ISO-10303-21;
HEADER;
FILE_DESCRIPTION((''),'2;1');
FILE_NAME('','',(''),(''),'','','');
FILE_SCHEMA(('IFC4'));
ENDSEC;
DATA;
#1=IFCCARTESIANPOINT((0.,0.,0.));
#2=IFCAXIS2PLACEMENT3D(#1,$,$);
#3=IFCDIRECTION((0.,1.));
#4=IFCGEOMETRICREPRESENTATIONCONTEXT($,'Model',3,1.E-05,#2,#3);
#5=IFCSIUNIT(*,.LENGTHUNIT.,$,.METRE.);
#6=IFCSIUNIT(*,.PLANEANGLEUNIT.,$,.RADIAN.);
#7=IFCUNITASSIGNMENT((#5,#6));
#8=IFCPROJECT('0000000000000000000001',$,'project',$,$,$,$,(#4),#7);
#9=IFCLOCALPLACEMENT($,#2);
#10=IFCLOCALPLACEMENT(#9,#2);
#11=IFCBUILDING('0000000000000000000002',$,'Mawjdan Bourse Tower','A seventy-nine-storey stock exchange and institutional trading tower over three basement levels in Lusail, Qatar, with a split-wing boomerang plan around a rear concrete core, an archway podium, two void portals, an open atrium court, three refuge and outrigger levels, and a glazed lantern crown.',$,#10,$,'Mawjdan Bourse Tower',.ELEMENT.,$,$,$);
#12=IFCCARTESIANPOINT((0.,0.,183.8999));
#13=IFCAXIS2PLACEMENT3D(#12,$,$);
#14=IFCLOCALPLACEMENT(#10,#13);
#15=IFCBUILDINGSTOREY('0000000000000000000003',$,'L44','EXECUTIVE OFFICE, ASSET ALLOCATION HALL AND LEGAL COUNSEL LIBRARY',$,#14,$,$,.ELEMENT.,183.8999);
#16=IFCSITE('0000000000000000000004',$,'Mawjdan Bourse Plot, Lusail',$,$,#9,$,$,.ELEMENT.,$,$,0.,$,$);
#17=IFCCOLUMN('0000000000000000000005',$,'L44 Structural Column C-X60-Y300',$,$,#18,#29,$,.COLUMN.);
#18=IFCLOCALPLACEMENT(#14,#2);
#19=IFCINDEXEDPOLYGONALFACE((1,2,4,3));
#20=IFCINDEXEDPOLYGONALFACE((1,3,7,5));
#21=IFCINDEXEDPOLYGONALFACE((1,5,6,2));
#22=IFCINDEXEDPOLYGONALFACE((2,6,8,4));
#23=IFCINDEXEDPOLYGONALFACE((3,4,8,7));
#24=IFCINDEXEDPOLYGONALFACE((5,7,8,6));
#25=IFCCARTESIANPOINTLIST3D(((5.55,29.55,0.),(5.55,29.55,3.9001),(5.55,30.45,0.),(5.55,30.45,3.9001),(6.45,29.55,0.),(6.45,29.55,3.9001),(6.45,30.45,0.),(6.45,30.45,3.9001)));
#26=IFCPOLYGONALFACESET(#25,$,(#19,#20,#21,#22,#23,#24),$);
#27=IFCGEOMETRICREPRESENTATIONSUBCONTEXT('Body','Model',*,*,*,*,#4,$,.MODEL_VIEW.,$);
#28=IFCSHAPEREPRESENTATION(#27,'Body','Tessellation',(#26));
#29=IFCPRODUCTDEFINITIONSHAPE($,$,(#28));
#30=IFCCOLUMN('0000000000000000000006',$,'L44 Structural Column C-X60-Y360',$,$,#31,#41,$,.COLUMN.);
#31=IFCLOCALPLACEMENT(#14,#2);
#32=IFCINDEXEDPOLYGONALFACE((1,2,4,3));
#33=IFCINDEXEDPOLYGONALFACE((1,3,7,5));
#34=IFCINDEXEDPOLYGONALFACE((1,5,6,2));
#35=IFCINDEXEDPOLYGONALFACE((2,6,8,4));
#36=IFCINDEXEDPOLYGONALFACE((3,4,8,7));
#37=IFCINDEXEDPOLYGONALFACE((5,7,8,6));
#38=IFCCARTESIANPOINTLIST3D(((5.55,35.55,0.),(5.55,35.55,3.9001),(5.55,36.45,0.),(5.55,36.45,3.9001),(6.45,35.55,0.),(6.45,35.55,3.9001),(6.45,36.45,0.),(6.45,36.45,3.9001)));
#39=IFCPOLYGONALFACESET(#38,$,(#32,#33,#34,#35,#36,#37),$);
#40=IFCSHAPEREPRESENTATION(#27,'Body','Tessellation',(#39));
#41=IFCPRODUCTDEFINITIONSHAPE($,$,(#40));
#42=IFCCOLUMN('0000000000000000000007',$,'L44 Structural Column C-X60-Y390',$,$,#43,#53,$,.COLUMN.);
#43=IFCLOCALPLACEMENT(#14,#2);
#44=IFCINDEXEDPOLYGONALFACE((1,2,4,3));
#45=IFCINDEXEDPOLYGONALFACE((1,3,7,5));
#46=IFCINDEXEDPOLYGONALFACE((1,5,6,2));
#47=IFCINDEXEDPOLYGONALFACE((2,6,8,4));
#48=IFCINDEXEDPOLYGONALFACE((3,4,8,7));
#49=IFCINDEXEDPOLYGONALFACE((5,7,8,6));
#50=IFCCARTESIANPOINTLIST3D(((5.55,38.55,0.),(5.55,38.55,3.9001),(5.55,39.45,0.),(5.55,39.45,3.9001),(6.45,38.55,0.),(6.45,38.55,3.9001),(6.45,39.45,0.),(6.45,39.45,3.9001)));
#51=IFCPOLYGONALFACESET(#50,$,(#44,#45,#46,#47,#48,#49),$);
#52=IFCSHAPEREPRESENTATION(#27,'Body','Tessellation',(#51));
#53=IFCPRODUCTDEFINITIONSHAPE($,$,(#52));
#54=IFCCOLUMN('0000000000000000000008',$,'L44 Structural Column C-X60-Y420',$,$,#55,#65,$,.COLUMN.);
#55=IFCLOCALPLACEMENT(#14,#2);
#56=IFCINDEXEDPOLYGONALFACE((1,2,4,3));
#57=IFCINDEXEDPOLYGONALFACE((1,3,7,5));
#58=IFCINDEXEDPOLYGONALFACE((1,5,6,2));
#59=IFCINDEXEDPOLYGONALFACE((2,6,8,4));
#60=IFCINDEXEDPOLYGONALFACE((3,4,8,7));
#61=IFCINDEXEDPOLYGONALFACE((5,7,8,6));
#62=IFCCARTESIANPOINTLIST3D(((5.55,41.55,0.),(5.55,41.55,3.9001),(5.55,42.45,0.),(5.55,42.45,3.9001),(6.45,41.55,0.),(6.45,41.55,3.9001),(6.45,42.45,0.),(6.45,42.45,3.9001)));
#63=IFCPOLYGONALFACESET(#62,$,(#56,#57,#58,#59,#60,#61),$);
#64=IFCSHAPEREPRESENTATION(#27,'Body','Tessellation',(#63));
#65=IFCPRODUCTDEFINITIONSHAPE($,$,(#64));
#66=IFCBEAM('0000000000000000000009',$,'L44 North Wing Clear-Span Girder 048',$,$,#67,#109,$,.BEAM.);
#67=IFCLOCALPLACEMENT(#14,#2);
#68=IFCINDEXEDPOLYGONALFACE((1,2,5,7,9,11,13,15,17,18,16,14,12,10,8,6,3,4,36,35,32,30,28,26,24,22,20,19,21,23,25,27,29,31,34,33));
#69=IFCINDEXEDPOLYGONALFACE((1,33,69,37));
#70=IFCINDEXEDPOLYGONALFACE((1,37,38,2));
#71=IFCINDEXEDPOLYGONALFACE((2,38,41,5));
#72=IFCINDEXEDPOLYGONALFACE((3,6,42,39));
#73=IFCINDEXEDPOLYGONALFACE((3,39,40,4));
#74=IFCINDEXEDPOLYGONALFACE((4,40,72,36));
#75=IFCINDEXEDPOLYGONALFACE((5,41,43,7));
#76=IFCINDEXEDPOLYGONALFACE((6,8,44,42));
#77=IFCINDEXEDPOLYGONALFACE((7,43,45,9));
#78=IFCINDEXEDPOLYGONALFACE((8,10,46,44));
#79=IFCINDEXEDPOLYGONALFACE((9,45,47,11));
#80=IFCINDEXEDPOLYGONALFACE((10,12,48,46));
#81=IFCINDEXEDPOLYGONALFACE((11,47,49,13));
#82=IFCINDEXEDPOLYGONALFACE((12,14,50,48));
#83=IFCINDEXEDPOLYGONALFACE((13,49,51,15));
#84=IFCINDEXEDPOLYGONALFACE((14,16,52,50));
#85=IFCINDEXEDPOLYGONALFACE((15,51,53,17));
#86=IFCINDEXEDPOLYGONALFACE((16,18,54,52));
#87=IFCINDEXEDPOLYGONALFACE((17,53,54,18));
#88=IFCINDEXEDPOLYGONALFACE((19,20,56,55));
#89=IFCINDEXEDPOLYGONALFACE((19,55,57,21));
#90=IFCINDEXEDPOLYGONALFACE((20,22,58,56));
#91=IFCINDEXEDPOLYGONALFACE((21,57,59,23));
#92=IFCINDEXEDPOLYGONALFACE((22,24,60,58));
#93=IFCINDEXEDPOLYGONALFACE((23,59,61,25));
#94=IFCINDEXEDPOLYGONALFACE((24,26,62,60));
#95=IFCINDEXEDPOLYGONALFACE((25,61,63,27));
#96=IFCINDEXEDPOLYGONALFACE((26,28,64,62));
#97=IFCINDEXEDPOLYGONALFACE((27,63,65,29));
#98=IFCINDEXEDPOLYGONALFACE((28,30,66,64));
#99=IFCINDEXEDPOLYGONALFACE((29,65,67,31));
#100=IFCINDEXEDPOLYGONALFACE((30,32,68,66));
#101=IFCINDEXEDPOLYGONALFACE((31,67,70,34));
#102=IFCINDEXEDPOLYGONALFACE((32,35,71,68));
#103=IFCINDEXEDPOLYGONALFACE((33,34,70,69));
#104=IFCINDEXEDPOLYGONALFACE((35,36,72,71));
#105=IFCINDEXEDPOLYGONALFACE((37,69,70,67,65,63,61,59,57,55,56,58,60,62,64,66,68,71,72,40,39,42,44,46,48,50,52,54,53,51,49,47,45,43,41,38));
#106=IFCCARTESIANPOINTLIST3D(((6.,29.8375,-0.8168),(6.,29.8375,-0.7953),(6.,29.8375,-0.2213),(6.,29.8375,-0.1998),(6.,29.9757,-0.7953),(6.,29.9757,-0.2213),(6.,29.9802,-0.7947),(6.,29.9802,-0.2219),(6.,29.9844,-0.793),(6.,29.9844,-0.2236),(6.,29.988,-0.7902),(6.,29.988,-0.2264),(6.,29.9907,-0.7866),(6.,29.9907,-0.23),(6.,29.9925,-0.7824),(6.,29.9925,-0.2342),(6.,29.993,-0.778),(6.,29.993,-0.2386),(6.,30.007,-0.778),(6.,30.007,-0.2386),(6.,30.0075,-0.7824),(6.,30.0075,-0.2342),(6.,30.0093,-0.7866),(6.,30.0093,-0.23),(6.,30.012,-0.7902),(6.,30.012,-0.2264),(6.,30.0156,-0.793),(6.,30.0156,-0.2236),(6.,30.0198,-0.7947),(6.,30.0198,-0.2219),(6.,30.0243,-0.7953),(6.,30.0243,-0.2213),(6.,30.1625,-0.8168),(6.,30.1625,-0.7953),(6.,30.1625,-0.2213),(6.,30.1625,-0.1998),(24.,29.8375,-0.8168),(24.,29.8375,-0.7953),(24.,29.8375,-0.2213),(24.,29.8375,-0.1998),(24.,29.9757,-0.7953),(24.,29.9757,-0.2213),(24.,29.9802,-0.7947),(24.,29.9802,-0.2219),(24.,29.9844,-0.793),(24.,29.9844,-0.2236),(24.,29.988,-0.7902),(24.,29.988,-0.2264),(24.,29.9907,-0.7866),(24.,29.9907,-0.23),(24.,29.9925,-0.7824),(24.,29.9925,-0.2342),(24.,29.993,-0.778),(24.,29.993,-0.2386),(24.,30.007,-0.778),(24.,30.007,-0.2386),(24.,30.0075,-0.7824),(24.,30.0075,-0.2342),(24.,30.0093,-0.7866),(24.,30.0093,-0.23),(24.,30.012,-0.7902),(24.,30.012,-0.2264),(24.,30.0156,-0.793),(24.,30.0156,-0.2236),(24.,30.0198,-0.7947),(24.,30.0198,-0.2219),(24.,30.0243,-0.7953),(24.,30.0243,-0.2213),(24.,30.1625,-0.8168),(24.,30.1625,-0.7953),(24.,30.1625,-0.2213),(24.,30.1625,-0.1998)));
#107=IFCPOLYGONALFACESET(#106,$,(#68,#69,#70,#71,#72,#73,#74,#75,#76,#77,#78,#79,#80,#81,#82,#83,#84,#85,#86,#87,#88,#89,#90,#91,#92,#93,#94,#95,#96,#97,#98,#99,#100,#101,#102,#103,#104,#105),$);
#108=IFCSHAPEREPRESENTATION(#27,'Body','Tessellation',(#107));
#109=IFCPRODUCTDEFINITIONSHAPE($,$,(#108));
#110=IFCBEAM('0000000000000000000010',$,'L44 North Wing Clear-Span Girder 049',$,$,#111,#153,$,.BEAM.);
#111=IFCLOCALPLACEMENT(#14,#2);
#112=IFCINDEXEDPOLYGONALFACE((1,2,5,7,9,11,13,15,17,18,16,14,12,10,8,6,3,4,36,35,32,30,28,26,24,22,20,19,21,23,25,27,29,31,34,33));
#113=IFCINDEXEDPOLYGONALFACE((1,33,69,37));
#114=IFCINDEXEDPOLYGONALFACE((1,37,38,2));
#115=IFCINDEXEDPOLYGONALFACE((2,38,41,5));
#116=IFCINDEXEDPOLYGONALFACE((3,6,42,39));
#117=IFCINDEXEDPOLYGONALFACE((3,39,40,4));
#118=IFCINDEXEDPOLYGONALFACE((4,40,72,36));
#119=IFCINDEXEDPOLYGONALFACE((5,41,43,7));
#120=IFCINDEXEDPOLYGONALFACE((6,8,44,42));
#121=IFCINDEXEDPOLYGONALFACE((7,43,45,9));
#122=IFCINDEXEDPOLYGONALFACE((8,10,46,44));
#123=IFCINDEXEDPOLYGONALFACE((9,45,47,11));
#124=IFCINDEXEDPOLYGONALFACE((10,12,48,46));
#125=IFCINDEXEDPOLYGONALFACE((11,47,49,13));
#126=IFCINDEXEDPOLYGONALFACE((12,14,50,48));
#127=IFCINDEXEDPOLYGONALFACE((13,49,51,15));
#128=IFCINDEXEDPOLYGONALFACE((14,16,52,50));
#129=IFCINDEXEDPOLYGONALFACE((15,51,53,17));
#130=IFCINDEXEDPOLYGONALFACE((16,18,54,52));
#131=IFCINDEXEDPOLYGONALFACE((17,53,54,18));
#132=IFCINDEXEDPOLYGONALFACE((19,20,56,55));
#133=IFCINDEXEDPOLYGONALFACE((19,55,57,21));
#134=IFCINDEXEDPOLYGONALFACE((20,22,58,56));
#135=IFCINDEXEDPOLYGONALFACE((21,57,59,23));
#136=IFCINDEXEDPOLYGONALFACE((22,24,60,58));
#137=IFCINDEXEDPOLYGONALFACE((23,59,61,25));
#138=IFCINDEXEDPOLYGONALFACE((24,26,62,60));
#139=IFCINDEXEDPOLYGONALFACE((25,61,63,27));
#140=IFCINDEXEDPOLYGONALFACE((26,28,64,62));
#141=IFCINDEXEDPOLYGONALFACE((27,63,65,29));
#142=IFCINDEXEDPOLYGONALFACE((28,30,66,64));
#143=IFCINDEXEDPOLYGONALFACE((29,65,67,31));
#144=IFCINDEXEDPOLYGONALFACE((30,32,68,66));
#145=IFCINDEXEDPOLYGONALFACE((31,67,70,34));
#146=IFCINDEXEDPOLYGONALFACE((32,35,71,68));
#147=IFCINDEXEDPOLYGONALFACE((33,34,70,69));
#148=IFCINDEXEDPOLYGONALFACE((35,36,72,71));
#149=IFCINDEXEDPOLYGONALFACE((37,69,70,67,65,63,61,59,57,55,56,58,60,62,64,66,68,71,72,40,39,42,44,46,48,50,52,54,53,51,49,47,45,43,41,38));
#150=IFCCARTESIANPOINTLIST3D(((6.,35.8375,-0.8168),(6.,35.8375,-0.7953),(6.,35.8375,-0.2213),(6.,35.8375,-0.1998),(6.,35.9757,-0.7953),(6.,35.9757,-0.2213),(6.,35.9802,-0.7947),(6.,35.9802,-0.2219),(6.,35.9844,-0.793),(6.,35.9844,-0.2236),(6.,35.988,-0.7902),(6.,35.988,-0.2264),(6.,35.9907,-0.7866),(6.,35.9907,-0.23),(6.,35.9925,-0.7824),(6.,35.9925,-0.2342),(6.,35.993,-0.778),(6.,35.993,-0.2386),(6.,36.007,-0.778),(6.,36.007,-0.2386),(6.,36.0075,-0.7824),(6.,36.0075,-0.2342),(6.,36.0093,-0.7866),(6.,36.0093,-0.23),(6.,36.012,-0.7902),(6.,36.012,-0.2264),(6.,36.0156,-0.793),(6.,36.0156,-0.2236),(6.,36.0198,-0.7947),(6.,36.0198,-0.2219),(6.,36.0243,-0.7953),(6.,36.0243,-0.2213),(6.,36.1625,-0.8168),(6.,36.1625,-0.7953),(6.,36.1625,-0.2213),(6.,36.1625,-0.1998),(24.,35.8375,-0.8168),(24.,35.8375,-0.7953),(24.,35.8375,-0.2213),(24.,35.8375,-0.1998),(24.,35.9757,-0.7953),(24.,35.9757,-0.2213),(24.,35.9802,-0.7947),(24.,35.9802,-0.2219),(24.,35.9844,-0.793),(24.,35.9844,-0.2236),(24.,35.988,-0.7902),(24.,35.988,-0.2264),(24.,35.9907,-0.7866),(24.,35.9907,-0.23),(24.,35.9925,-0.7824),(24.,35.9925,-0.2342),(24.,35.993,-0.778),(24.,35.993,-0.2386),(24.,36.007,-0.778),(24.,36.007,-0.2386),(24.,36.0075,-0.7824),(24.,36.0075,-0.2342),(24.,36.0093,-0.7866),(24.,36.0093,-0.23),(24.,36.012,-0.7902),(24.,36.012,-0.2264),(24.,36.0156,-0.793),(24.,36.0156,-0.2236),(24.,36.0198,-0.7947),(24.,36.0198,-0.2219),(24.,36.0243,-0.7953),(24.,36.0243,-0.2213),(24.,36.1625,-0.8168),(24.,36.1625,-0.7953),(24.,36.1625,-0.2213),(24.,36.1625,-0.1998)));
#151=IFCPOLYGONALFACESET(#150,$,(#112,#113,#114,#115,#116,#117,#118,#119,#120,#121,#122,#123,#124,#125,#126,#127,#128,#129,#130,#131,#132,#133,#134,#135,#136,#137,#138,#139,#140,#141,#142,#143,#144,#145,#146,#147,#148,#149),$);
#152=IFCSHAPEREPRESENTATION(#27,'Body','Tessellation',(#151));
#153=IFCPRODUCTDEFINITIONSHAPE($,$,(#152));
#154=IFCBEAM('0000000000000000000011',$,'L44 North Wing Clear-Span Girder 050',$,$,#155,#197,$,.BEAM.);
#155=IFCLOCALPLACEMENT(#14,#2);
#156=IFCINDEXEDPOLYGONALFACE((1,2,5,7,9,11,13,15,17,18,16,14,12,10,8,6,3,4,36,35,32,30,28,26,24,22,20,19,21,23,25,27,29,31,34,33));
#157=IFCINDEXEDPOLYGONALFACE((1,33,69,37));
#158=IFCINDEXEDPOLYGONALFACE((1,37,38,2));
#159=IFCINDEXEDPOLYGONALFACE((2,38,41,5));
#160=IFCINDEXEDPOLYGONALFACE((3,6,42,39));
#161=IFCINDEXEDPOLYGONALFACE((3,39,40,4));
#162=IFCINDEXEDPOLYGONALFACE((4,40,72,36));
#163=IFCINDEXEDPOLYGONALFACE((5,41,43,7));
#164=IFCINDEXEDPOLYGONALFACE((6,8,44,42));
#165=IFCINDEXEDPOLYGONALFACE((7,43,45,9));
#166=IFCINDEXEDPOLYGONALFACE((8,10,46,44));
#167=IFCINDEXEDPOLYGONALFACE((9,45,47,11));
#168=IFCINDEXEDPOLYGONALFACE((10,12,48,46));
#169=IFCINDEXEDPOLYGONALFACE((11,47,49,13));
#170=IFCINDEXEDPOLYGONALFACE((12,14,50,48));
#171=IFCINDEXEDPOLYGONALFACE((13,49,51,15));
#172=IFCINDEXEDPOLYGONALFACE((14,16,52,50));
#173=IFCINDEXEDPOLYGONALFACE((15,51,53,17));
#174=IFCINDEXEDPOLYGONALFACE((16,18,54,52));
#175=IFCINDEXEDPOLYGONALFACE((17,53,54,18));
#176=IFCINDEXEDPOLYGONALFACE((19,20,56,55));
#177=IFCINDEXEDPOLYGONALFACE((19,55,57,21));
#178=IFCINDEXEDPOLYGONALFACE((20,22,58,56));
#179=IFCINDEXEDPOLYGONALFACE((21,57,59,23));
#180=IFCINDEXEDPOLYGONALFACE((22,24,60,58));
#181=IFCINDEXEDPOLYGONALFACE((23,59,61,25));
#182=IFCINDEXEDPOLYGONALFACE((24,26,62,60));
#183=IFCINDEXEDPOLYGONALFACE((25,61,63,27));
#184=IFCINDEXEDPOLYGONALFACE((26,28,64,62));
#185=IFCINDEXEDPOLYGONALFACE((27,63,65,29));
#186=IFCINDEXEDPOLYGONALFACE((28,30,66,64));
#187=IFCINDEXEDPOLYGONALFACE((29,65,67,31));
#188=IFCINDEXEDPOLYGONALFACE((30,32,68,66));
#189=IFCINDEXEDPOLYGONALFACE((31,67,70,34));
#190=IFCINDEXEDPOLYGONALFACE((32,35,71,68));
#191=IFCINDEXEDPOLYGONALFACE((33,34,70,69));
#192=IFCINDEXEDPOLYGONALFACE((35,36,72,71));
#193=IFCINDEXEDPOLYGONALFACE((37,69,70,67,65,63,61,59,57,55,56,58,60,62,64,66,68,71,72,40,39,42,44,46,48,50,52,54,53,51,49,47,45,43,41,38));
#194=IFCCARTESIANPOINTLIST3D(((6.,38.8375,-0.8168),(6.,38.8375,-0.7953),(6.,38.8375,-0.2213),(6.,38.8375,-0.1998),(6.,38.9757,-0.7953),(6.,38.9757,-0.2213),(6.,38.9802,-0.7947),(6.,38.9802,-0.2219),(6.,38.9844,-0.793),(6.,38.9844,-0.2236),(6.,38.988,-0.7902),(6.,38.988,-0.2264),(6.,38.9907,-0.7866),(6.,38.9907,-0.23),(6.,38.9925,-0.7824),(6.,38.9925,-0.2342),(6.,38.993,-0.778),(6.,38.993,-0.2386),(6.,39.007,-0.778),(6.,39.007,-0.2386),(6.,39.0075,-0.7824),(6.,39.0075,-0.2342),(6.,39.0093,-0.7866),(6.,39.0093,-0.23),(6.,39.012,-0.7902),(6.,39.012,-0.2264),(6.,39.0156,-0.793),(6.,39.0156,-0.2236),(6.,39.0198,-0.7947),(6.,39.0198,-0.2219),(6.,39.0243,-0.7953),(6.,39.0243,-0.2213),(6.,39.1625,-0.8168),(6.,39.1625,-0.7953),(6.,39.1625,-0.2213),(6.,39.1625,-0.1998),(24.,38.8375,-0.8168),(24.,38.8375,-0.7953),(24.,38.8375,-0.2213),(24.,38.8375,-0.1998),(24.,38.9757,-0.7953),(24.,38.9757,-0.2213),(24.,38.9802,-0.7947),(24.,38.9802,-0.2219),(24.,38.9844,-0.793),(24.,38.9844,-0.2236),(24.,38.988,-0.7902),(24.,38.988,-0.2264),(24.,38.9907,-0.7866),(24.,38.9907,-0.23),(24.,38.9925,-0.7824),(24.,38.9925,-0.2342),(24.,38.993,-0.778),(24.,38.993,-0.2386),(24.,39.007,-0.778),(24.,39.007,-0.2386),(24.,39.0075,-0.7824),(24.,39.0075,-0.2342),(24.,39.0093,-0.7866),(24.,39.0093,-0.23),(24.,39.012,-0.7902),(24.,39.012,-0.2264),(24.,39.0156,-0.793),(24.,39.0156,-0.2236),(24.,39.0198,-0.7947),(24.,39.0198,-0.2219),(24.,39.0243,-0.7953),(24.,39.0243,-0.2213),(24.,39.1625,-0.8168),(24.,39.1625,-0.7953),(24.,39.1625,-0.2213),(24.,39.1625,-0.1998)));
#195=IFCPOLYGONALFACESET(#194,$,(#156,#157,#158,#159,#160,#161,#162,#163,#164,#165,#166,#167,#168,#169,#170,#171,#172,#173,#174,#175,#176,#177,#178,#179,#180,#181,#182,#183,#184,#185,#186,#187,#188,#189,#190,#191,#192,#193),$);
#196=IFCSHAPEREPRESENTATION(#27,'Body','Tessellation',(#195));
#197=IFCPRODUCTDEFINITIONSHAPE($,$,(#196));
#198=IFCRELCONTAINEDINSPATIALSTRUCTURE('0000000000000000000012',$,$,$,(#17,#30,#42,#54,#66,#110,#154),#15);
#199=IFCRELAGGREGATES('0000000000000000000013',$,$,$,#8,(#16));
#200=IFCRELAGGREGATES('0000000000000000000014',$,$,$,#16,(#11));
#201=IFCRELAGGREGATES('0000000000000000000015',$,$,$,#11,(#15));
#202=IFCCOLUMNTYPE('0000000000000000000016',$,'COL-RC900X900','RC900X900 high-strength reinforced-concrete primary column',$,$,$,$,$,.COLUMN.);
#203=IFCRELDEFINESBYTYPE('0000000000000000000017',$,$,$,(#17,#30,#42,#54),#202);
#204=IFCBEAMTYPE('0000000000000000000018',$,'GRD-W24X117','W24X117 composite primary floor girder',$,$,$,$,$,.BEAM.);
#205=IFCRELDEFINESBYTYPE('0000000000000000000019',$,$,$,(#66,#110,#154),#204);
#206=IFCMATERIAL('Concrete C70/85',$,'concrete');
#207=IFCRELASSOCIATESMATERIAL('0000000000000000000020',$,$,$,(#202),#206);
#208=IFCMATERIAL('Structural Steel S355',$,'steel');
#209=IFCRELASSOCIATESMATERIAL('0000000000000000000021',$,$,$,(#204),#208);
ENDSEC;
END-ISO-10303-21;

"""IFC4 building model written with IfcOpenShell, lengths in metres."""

from ifc_helpers import new_model, si_unit, direction, frame, origin, origin_2d, place, context, subcontext, project, spatial, rectangle, i_section, extrude, material, material_profile, profile_set, type_object, element, save


model = new_model("IFC4")

# Units and contexts
model_context = context("Model", 3, precision=1e-05, world=origin(), true_north=direction((0.0, 1.0)))
body_context = subcontext(model_context, "Body", "Model", "MODEL_VIEW")
ifc_project = project(units=[si_unit("LENGTHUNIT", "METRE"), si_unit("PLANEANGLEUNIT", "RADIAN")], contexts=[model_context])

# Site, building, storey
site_placement = place(None, origin())
site = spatial("IfcSite", under=ifc_project, at=site_placement, Name="Mawjdan Bourse Plot, Lusail", CompositionType="ELEMENT", RefElevation=0.0)
building_placement = place(site_placement, origin())
building = spatial("IfcBuilding", under=site, at=building_placement, Name="Mawjdan Bourse Tower", Description="A seventy-nine-storey stock exchange and institutional trading tower over three basement levels in Lusail, Qatar, with a split-wing boomerang plan around a rear concrete core, an archway podium, two void portals, an open atrium court, three refuge and outrigger levels, and a glazed lantern crown.", LongName="Mawjdan Bourse Tower", CompositionType="ELEMENT")
storey_placement = place(building_placement, frame((0.0, 0.0, 183.8999)))
storey = spatial("IfcBuildingStorey", under=building, at=storey_placement, Name="L44", Description="EXECUTIVE OFFICE, ASSET ALLOCATION HALL AND LEGAL COUNSEL LIBRARY", CompositionType="ELEMENT", Elevation=183.8999)

# Columns
ifc_material_1 = material(Name="Concrete C70/85", Category="concrete")
ifc_material_profile_1 = material_profile(ifc_material_1, rectangle(XDim=0.8999, YDim=0.8999, at=origin_2d()), Name="RC900X900")
ifc_profile_set_1 = profile_set([ifc_material_profile_1], Name="Concrete C70/85")
column_type = type_object("IfcColumnType", Name="COL-RC900X900", Description="RC900X900 high-strength reinforced-concrete primary column", PredefinedType="COLUMN", material=ifc_profile_set_1)
for number, where, z_axis, x_axis, name in (
    (1, (6.0, 30.0, 0.0), (0.0, 0.0, 1.0), (1.0, 0.0, 0.0), "L44 Structural Column C-X60-Y300"),
    (2, (6.0, 36.0, 0.0), (0.0, 0.0, 1.0), (1.0, 0.0, 0.0), "L44 Structural Column C-X60-Y360"),
    (3, (6.0, 39.0, 0.0), (0.0, 0.0, 1.0), (1.0, 0.0, 0.0), "L44 Structural Column C-X60-Y390"),
    (4, (6.0, 42.0, 0.0), (0.0, 0.0, 1.0), (1.0, 0.0, 0.0), "L44 Structural Column C-X60-Y420"),
):
    element("IfcColumn", number, at=place(storey_placement, frame(where, z_axis=z_axis, x_axis=x_axis)), inside=storey, type_object=column_type, Name=name, PredefinedType="COLUMN", context=body_context, shape_type="SweptSolid", body=[
        extrude(rectangle(XDim=0.8999, YDim=0.8999, at=origin_2d()), origin(), (0.0, 0.0, 1.0), 3.9001),
    ])

# Beams
ifc_material_2 = material(Name="Structural Steel S355", Category="steel")
ifc_material_profile_2 = material_profile(ifc_material_2, i_section(OverallWidth=0.325, OverallDepth=0.6169, WebThickness=0.0139, FlangeThickness=0.0215, FilletRadius=0.0173, at=origin_2d()), Name="W24X117")
ifc_profile_set_2 = profile_set([ifc_material_profile_2], Name="Structural Steel S355")
beam_type_1 = type_object("IfcBeamType", Name="GRD-W24X117", Description="W24X117 composite primary floor girder", PredefinedType="BEAM", material=ifc_profile_set_2)
for number, where, z_axis, x_axis, name in (
    (5, (6.0, 30.0, -0.5083), (1.0, 0.0, 0.0), (0.0, 1.0, 0.0), "L44 North Wing Clear-Span Girder 048"),
    (6, (6.0, 36.0, -0.5083), (1.0, 0.0, 0.0), (0.0, 1.0, 0.0), "L44 North Wing Clear-Span Girder 049"),
    (7, (6.0, 39.0, -0.5083), (1.0, 0.0, 0.0), (0.0, 1.0, 0.0), "L44 North Wing Clear-Span Girder 050"),
):
    element("IfcBeam", number, at=place(storey_placement, frame(where, z_axis=z_axis, x_axis=x_axis)), inside=storey, type_object=beam_type_1, Name=name, PredefinedType="BEAM", context=body_context, shape_type="SweptSolid", body=[
        extrude(i_section(OverallWidth=0.325, OverallDepth=0.6169, WebThickness=0.0139, FlangeThickness=0.0215, FilletRadius=0.0173, at=origin_2d()), origin(), (0.0, 0.0, 1.0), 18.0),
    ])

save(model, "model.ifc")
